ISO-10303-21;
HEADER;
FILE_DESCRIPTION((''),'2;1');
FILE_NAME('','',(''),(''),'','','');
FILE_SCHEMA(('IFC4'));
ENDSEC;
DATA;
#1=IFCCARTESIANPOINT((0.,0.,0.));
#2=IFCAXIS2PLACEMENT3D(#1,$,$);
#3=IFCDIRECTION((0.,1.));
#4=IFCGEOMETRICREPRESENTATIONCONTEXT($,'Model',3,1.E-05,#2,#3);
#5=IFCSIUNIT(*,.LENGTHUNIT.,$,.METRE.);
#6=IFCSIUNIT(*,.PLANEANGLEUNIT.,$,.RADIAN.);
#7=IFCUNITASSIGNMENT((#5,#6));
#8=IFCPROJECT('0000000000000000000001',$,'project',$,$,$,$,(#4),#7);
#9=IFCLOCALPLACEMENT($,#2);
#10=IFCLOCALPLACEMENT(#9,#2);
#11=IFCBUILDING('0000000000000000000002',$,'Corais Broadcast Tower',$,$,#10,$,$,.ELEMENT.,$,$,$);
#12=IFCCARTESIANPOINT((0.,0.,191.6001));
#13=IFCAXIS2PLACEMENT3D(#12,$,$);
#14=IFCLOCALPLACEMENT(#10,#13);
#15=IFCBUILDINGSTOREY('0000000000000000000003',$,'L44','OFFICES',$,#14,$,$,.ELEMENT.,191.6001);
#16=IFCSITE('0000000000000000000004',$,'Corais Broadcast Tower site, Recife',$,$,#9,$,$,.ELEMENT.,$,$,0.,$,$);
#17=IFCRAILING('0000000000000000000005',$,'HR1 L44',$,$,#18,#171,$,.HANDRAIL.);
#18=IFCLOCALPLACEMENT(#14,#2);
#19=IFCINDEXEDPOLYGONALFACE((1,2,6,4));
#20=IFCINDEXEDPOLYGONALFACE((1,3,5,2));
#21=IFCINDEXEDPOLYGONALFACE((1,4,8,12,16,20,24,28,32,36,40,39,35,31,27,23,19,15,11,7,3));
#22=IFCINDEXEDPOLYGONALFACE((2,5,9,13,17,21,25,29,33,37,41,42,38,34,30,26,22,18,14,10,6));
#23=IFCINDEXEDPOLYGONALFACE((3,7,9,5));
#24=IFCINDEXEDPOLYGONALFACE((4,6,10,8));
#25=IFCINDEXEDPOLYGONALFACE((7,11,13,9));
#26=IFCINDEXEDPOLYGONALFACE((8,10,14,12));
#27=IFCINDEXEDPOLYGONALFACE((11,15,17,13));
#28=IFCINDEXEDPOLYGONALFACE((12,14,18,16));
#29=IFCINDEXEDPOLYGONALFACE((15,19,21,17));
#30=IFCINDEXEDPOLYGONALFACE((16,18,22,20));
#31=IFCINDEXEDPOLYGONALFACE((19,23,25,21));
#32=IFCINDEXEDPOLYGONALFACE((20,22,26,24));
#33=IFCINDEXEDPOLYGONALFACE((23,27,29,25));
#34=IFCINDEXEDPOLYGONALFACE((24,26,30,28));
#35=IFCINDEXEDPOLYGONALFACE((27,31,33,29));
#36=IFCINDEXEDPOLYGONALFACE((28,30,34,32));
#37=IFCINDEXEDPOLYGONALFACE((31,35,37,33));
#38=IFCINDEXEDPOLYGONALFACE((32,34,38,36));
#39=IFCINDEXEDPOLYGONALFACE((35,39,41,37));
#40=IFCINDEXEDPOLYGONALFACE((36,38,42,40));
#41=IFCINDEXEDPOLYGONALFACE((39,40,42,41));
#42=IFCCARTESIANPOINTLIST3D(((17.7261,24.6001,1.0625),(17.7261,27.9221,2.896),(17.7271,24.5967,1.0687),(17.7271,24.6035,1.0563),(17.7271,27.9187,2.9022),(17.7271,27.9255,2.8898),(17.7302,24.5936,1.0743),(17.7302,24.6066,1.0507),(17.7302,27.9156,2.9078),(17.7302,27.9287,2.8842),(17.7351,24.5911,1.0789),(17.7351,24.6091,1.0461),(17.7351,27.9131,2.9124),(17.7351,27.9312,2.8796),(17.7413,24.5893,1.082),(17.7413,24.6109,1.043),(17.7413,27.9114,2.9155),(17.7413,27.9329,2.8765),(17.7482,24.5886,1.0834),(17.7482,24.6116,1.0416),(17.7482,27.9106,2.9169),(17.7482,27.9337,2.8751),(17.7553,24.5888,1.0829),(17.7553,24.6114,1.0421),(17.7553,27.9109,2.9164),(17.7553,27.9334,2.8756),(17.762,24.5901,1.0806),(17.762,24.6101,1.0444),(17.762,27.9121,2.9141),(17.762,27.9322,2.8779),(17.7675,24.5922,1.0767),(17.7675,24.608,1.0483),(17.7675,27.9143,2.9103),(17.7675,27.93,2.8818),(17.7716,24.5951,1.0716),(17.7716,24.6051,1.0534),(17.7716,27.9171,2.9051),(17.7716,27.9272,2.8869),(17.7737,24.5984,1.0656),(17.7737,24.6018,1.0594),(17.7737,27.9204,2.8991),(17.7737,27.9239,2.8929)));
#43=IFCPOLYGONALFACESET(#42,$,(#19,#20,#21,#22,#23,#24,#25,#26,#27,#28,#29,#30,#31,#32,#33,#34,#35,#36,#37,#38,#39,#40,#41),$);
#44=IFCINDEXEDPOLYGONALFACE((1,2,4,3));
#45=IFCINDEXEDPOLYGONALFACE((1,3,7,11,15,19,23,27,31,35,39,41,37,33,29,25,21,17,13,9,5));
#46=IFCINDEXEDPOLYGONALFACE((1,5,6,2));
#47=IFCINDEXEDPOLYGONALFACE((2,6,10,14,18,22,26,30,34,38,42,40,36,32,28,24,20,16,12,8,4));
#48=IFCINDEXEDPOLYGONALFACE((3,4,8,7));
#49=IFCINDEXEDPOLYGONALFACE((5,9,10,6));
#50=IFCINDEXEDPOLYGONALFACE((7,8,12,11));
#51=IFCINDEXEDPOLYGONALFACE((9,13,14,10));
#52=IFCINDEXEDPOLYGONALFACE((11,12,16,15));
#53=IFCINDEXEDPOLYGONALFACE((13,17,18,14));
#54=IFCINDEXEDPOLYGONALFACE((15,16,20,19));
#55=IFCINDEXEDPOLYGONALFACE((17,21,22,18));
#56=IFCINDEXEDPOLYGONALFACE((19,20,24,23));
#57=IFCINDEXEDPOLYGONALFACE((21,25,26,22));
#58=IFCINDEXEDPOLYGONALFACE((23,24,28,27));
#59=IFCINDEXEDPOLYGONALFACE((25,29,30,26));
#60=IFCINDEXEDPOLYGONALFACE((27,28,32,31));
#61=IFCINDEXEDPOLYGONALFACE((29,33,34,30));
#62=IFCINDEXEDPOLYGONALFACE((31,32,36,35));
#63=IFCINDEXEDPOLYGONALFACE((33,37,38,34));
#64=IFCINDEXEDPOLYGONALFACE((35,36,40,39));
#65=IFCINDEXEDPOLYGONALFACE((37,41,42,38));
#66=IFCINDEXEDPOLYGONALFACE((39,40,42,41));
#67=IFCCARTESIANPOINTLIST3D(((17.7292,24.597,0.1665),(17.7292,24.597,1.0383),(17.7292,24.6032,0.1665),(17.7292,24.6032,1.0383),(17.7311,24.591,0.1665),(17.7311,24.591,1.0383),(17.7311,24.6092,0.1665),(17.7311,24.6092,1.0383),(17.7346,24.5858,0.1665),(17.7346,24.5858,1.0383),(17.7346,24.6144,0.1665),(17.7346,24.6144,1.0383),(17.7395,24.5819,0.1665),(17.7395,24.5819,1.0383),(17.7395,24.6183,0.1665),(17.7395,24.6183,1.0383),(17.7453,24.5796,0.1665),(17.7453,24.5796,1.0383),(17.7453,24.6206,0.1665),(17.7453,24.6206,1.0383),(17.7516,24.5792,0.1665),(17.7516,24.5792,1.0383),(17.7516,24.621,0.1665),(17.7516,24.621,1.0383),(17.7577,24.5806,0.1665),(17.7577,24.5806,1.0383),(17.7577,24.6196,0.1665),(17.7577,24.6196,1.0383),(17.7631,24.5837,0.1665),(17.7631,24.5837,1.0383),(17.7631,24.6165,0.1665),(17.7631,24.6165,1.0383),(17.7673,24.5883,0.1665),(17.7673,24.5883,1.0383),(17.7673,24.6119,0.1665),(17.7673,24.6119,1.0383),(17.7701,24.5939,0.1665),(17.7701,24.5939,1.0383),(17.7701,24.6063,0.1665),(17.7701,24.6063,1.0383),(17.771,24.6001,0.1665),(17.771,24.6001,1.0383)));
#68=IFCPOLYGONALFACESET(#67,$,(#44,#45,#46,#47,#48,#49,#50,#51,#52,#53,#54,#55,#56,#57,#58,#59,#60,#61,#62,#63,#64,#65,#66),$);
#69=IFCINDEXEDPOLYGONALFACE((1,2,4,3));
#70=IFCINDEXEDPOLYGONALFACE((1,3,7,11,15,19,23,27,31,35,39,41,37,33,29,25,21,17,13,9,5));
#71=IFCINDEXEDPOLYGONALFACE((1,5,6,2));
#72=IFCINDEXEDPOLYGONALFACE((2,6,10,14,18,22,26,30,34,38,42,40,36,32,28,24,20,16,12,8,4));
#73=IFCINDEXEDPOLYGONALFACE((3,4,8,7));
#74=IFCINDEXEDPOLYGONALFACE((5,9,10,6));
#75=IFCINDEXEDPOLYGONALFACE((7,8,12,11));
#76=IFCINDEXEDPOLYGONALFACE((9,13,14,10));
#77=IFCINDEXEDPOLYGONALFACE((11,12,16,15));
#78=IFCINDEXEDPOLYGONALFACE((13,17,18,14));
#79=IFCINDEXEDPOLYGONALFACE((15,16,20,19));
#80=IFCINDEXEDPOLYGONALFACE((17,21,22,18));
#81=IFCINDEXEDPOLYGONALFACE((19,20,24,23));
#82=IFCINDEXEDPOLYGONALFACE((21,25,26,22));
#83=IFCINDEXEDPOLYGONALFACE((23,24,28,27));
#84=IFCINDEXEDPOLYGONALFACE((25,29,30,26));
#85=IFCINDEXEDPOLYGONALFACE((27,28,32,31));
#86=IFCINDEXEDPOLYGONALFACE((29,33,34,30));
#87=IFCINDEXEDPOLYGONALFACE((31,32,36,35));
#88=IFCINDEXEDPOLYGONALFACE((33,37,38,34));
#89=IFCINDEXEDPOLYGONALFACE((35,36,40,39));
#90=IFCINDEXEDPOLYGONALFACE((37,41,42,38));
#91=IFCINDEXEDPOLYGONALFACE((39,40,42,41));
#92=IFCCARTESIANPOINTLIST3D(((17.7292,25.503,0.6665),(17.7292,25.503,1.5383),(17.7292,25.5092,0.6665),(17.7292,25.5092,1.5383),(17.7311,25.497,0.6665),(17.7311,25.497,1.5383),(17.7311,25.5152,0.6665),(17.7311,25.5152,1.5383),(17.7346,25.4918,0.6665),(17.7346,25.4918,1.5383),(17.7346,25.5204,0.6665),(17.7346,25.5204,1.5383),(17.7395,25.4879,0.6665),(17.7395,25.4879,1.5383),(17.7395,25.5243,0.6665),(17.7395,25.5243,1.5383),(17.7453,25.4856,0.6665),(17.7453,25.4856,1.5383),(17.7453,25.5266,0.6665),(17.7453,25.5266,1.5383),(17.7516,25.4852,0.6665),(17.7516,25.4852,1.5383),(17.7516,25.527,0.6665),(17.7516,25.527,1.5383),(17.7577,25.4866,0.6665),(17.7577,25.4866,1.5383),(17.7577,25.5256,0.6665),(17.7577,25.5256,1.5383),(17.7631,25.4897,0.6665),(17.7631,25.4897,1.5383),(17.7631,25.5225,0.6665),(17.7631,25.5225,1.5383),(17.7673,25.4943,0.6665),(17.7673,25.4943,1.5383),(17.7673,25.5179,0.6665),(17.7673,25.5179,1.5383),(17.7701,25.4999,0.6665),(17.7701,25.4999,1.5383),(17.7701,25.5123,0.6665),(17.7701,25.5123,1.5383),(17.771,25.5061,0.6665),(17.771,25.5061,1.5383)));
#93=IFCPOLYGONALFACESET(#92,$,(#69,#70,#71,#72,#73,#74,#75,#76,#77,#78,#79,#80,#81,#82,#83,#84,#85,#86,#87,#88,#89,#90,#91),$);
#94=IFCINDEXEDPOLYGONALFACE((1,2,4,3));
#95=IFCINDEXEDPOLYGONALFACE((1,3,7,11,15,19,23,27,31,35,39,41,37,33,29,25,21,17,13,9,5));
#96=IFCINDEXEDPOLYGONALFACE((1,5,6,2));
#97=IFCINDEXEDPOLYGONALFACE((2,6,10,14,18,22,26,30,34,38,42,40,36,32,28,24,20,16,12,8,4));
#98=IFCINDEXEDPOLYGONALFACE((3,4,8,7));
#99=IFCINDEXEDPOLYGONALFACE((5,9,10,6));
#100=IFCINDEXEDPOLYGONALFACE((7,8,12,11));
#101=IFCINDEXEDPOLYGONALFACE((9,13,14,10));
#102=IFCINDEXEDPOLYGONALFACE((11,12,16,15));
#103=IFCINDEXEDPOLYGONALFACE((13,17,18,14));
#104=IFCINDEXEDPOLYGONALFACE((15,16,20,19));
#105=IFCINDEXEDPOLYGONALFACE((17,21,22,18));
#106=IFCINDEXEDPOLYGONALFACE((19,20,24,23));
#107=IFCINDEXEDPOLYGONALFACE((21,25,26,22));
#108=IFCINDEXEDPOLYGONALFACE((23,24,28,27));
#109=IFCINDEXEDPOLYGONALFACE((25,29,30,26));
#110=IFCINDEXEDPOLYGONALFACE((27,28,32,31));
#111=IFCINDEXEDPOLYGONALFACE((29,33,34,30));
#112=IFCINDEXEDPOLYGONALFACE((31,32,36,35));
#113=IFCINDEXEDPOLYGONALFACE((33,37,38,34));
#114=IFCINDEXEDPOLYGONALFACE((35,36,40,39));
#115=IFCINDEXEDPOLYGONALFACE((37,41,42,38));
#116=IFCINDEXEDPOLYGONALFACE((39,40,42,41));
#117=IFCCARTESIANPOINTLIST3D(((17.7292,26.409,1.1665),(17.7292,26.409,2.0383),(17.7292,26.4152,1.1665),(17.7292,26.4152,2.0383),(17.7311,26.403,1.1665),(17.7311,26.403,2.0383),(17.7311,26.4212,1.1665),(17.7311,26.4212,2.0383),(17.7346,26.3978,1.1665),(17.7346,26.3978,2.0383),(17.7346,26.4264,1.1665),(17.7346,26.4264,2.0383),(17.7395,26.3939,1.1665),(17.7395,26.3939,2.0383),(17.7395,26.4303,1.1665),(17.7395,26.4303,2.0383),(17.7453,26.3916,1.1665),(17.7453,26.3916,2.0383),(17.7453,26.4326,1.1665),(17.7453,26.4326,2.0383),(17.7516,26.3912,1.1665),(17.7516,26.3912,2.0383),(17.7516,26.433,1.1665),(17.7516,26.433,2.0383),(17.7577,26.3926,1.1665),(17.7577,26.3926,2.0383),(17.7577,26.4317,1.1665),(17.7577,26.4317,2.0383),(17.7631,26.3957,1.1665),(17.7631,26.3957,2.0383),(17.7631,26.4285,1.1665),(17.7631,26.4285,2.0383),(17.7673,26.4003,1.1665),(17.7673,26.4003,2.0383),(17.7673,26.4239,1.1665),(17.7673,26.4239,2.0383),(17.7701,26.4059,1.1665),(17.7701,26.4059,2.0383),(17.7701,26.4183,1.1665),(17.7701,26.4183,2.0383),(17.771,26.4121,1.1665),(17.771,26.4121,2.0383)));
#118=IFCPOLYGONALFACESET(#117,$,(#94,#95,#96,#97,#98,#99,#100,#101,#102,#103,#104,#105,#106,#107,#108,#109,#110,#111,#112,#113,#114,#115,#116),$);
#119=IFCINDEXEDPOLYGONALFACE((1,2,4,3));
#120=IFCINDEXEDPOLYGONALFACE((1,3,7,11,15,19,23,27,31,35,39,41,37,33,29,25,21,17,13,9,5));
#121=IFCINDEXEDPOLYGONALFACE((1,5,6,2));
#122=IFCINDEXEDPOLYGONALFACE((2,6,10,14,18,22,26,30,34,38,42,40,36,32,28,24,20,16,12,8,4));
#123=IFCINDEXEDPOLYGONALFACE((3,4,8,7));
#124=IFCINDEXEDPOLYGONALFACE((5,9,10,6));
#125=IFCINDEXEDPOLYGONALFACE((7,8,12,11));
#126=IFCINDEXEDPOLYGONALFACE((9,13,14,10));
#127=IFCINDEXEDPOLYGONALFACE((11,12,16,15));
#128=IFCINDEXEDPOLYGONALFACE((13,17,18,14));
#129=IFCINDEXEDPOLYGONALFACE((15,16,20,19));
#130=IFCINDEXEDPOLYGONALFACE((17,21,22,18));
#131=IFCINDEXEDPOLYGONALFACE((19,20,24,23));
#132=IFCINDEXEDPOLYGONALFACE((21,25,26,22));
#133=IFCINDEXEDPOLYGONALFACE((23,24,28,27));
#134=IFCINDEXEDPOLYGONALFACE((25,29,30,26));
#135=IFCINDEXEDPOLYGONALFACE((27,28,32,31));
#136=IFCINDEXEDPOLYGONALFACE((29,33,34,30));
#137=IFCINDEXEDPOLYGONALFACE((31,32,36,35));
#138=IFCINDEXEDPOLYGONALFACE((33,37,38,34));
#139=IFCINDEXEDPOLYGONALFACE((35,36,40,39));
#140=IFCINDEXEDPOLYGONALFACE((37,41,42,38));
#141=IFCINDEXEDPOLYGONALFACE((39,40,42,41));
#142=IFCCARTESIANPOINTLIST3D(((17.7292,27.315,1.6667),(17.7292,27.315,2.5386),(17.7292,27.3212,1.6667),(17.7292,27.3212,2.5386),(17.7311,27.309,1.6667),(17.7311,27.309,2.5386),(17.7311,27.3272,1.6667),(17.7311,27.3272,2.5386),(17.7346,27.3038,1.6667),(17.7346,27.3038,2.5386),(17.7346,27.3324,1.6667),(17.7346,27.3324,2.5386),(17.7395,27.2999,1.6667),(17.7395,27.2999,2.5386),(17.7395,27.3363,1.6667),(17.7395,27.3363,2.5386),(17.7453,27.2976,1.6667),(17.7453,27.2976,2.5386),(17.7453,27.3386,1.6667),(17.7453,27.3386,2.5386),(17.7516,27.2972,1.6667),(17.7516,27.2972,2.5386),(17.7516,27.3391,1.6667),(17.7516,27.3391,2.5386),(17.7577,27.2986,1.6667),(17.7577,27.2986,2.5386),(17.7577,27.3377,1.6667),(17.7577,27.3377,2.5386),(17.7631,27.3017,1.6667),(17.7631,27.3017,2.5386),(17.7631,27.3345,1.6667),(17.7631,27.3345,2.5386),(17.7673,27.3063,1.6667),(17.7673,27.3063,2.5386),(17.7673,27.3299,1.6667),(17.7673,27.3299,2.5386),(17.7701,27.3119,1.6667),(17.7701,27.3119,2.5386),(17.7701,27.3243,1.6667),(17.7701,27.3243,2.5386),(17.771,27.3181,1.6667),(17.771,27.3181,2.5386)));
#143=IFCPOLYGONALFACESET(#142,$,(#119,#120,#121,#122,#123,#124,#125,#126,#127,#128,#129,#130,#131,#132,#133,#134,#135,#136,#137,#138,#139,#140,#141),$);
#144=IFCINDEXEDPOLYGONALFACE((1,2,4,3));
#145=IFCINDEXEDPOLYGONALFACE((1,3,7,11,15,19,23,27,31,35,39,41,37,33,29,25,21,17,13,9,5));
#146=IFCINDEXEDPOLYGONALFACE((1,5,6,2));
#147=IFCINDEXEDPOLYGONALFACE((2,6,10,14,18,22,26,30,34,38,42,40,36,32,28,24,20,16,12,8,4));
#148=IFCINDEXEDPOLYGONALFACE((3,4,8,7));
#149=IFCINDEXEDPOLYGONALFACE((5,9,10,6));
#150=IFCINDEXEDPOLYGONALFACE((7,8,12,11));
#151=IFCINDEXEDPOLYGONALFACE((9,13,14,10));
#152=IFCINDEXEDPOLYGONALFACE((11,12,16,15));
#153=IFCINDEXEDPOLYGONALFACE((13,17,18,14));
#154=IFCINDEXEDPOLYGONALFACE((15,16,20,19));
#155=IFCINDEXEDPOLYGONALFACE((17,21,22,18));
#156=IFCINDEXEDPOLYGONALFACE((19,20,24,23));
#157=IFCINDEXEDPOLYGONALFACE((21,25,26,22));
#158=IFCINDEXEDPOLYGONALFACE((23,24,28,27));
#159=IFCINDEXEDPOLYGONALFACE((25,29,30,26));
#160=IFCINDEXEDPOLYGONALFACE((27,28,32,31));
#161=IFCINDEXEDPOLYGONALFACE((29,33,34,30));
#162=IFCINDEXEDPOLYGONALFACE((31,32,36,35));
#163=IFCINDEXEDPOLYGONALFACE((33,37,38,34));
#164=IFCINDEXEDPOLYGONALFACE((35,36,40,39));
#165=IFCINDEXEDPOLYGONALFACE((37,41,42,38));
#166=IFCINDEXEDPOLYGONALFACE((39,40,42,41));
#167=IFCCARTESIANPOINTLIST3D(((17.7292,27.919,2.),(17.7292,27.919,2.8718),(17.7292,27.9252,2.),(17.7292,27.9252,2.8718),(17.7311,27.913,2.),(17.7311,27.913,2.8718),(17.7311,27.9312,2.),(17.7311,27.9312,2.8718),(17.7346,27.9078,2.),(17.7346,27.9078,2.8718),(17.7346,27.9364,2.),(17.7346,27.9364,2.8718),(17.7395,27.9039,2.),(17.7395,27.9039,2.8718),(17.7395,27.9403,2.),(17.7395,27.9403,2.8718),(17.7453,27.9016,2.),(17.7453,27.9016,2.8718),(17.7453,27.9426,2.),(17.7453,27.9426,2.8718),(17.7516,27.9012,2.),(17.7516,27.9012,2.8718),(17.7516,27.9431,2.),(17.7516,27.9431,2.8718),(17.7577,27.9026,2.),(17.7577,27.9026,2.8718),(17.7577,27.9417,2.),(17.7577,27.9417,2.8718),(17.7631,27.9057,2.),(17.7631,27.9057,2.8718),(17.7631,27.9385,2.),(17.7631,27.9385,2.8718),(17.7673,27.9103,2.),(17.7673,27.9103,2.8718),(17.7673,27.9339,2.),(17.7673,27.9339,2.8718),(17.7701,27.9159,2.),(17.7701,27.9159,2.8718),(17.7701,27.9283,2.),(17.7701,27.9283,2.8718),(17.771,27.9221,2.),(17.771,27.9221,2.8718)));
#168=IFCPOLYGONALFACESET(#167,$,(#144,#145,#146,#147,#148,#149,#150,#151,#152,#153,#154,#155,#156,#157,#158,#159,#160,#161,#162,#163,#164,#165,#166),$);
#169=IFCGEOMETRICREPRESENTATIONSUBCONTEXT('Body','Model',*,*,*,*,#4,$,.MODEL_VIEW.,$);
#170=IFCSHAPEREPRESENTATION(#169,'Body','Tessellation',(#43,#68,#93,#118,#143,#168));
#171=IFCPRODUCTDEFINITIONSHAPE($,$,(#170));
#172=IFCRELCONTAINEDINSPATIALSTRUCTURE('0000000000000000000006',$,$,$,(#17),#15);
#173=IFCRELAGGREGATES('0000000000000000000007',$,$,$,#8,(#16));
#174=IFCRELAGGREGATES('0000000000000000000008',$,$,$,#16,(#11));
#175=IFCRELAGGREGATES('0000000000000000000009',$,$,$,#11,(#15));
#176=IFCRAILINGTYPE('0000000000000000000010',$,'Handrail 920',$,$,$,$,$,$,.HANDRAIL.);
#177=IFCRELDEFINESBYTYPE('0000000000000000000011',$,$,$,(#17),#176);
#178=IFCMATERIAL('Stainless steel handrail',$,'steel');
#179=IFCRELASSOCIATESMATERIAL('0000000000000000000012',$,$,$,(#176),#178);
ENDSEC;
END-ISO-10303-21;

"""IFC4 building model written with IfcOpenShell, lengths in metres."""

from ifc_helpers import new_model, si_unit, direction, frame, origin, origin_2d, place, context, subcontext, project, spatial, circle, extrude, material, type_object, element, save


model = new_model("IFC4")

# Units and contexts
model_context = context("Model", 3, precision=1e-05, world=origin(), true_north=direction((0.0, 1.0)))
body_context = subcontext(model_context, "Body", "Model", "MODEL_VIEW")
ifc_project = project(units=[si_unit("LENGTHUNIT", "METRE"), si_unit("PLANEANGLEUNIT", "RADIAN")], contexts=[model_context])

# Site, building, storey
site_placement = place(None, origin())
site = spatial("IfcSite", under=ifc_project, at=site_placement, Name="Corais Broadcast Tower site, Recife", CompositionType="ELEMENT", RefElevation=0.0)
building_placement = place(site_placement, origin())
building = spatial("IfcBuilding", under=site, at=building_placement, Name="Corais Broadcast Tower", CompositionType="ELEMENT")
storey_placement = place(building_placement, frame((0.0, 0.0, 191.6001)))
storey = spatial("IfcBuildingStorey", under=building, at=storey_placement, Name="L44", Description="OFFICES", CompositionType="ELEMENT", Elevation=191.6001)

# Railing
ifc_material_1 = material(Name="Stainless steel handrail", Category="steel")
railing_type = type_object("IfcRailingType", Name="Handrail 920", PredefinedType="HANDRAIL", material=ifc_material_1)
for number, where, name in (
    (1, (17.75, 24.6001, 0.1665), "HR1 L44"),
):
    element("IfcRailing", number, at=place(storey_placement, frame(where)), inside=storey, type_object=railing_type, Name=name, PredefinedType="HANDRAIL", context=body_context, shape_type="SweptSolid", body=[
        extrude(circle(Radius=0.0239, at=origin_2d()), frame((0.0, 0.0, 0.896), z_axis=(0.0, 0.875504, 0.48321), x_axis=(-1.0, 0.0, 0.0)), (0.0, 0.0, 1.0), 3.7944),
        extrude(circle(Radius=0.021, at=origin_2d()), origin(), (0.0, 0.0, 1.0), 0.8718),
        extrude(circle(Radius=0.021, at=origin_2d()), frame((0.0, 0.906, 0.5)), (0.0, 0.0, 1.0), 0.8718),
        extrude(circle(Radius=0.021, at=origin_2d()), frame((0.0, 1.812, 1.0)), (0.0, 0.0, 1.0), 0.8718),
        extrude(circle(Radius=0.021, at=origin_2d()), frame((0.0, 2.718, 1.5002)), (0.0, 0.0, 1.0), 0.8718),
        extrude(circle(Radius=0.021, at=origin_2d()), frame((0.0, 3.322, 1.8335)), (0.0, 0.0, 1.0), 0.8718),
    ])

save(model, "model.ifc")
